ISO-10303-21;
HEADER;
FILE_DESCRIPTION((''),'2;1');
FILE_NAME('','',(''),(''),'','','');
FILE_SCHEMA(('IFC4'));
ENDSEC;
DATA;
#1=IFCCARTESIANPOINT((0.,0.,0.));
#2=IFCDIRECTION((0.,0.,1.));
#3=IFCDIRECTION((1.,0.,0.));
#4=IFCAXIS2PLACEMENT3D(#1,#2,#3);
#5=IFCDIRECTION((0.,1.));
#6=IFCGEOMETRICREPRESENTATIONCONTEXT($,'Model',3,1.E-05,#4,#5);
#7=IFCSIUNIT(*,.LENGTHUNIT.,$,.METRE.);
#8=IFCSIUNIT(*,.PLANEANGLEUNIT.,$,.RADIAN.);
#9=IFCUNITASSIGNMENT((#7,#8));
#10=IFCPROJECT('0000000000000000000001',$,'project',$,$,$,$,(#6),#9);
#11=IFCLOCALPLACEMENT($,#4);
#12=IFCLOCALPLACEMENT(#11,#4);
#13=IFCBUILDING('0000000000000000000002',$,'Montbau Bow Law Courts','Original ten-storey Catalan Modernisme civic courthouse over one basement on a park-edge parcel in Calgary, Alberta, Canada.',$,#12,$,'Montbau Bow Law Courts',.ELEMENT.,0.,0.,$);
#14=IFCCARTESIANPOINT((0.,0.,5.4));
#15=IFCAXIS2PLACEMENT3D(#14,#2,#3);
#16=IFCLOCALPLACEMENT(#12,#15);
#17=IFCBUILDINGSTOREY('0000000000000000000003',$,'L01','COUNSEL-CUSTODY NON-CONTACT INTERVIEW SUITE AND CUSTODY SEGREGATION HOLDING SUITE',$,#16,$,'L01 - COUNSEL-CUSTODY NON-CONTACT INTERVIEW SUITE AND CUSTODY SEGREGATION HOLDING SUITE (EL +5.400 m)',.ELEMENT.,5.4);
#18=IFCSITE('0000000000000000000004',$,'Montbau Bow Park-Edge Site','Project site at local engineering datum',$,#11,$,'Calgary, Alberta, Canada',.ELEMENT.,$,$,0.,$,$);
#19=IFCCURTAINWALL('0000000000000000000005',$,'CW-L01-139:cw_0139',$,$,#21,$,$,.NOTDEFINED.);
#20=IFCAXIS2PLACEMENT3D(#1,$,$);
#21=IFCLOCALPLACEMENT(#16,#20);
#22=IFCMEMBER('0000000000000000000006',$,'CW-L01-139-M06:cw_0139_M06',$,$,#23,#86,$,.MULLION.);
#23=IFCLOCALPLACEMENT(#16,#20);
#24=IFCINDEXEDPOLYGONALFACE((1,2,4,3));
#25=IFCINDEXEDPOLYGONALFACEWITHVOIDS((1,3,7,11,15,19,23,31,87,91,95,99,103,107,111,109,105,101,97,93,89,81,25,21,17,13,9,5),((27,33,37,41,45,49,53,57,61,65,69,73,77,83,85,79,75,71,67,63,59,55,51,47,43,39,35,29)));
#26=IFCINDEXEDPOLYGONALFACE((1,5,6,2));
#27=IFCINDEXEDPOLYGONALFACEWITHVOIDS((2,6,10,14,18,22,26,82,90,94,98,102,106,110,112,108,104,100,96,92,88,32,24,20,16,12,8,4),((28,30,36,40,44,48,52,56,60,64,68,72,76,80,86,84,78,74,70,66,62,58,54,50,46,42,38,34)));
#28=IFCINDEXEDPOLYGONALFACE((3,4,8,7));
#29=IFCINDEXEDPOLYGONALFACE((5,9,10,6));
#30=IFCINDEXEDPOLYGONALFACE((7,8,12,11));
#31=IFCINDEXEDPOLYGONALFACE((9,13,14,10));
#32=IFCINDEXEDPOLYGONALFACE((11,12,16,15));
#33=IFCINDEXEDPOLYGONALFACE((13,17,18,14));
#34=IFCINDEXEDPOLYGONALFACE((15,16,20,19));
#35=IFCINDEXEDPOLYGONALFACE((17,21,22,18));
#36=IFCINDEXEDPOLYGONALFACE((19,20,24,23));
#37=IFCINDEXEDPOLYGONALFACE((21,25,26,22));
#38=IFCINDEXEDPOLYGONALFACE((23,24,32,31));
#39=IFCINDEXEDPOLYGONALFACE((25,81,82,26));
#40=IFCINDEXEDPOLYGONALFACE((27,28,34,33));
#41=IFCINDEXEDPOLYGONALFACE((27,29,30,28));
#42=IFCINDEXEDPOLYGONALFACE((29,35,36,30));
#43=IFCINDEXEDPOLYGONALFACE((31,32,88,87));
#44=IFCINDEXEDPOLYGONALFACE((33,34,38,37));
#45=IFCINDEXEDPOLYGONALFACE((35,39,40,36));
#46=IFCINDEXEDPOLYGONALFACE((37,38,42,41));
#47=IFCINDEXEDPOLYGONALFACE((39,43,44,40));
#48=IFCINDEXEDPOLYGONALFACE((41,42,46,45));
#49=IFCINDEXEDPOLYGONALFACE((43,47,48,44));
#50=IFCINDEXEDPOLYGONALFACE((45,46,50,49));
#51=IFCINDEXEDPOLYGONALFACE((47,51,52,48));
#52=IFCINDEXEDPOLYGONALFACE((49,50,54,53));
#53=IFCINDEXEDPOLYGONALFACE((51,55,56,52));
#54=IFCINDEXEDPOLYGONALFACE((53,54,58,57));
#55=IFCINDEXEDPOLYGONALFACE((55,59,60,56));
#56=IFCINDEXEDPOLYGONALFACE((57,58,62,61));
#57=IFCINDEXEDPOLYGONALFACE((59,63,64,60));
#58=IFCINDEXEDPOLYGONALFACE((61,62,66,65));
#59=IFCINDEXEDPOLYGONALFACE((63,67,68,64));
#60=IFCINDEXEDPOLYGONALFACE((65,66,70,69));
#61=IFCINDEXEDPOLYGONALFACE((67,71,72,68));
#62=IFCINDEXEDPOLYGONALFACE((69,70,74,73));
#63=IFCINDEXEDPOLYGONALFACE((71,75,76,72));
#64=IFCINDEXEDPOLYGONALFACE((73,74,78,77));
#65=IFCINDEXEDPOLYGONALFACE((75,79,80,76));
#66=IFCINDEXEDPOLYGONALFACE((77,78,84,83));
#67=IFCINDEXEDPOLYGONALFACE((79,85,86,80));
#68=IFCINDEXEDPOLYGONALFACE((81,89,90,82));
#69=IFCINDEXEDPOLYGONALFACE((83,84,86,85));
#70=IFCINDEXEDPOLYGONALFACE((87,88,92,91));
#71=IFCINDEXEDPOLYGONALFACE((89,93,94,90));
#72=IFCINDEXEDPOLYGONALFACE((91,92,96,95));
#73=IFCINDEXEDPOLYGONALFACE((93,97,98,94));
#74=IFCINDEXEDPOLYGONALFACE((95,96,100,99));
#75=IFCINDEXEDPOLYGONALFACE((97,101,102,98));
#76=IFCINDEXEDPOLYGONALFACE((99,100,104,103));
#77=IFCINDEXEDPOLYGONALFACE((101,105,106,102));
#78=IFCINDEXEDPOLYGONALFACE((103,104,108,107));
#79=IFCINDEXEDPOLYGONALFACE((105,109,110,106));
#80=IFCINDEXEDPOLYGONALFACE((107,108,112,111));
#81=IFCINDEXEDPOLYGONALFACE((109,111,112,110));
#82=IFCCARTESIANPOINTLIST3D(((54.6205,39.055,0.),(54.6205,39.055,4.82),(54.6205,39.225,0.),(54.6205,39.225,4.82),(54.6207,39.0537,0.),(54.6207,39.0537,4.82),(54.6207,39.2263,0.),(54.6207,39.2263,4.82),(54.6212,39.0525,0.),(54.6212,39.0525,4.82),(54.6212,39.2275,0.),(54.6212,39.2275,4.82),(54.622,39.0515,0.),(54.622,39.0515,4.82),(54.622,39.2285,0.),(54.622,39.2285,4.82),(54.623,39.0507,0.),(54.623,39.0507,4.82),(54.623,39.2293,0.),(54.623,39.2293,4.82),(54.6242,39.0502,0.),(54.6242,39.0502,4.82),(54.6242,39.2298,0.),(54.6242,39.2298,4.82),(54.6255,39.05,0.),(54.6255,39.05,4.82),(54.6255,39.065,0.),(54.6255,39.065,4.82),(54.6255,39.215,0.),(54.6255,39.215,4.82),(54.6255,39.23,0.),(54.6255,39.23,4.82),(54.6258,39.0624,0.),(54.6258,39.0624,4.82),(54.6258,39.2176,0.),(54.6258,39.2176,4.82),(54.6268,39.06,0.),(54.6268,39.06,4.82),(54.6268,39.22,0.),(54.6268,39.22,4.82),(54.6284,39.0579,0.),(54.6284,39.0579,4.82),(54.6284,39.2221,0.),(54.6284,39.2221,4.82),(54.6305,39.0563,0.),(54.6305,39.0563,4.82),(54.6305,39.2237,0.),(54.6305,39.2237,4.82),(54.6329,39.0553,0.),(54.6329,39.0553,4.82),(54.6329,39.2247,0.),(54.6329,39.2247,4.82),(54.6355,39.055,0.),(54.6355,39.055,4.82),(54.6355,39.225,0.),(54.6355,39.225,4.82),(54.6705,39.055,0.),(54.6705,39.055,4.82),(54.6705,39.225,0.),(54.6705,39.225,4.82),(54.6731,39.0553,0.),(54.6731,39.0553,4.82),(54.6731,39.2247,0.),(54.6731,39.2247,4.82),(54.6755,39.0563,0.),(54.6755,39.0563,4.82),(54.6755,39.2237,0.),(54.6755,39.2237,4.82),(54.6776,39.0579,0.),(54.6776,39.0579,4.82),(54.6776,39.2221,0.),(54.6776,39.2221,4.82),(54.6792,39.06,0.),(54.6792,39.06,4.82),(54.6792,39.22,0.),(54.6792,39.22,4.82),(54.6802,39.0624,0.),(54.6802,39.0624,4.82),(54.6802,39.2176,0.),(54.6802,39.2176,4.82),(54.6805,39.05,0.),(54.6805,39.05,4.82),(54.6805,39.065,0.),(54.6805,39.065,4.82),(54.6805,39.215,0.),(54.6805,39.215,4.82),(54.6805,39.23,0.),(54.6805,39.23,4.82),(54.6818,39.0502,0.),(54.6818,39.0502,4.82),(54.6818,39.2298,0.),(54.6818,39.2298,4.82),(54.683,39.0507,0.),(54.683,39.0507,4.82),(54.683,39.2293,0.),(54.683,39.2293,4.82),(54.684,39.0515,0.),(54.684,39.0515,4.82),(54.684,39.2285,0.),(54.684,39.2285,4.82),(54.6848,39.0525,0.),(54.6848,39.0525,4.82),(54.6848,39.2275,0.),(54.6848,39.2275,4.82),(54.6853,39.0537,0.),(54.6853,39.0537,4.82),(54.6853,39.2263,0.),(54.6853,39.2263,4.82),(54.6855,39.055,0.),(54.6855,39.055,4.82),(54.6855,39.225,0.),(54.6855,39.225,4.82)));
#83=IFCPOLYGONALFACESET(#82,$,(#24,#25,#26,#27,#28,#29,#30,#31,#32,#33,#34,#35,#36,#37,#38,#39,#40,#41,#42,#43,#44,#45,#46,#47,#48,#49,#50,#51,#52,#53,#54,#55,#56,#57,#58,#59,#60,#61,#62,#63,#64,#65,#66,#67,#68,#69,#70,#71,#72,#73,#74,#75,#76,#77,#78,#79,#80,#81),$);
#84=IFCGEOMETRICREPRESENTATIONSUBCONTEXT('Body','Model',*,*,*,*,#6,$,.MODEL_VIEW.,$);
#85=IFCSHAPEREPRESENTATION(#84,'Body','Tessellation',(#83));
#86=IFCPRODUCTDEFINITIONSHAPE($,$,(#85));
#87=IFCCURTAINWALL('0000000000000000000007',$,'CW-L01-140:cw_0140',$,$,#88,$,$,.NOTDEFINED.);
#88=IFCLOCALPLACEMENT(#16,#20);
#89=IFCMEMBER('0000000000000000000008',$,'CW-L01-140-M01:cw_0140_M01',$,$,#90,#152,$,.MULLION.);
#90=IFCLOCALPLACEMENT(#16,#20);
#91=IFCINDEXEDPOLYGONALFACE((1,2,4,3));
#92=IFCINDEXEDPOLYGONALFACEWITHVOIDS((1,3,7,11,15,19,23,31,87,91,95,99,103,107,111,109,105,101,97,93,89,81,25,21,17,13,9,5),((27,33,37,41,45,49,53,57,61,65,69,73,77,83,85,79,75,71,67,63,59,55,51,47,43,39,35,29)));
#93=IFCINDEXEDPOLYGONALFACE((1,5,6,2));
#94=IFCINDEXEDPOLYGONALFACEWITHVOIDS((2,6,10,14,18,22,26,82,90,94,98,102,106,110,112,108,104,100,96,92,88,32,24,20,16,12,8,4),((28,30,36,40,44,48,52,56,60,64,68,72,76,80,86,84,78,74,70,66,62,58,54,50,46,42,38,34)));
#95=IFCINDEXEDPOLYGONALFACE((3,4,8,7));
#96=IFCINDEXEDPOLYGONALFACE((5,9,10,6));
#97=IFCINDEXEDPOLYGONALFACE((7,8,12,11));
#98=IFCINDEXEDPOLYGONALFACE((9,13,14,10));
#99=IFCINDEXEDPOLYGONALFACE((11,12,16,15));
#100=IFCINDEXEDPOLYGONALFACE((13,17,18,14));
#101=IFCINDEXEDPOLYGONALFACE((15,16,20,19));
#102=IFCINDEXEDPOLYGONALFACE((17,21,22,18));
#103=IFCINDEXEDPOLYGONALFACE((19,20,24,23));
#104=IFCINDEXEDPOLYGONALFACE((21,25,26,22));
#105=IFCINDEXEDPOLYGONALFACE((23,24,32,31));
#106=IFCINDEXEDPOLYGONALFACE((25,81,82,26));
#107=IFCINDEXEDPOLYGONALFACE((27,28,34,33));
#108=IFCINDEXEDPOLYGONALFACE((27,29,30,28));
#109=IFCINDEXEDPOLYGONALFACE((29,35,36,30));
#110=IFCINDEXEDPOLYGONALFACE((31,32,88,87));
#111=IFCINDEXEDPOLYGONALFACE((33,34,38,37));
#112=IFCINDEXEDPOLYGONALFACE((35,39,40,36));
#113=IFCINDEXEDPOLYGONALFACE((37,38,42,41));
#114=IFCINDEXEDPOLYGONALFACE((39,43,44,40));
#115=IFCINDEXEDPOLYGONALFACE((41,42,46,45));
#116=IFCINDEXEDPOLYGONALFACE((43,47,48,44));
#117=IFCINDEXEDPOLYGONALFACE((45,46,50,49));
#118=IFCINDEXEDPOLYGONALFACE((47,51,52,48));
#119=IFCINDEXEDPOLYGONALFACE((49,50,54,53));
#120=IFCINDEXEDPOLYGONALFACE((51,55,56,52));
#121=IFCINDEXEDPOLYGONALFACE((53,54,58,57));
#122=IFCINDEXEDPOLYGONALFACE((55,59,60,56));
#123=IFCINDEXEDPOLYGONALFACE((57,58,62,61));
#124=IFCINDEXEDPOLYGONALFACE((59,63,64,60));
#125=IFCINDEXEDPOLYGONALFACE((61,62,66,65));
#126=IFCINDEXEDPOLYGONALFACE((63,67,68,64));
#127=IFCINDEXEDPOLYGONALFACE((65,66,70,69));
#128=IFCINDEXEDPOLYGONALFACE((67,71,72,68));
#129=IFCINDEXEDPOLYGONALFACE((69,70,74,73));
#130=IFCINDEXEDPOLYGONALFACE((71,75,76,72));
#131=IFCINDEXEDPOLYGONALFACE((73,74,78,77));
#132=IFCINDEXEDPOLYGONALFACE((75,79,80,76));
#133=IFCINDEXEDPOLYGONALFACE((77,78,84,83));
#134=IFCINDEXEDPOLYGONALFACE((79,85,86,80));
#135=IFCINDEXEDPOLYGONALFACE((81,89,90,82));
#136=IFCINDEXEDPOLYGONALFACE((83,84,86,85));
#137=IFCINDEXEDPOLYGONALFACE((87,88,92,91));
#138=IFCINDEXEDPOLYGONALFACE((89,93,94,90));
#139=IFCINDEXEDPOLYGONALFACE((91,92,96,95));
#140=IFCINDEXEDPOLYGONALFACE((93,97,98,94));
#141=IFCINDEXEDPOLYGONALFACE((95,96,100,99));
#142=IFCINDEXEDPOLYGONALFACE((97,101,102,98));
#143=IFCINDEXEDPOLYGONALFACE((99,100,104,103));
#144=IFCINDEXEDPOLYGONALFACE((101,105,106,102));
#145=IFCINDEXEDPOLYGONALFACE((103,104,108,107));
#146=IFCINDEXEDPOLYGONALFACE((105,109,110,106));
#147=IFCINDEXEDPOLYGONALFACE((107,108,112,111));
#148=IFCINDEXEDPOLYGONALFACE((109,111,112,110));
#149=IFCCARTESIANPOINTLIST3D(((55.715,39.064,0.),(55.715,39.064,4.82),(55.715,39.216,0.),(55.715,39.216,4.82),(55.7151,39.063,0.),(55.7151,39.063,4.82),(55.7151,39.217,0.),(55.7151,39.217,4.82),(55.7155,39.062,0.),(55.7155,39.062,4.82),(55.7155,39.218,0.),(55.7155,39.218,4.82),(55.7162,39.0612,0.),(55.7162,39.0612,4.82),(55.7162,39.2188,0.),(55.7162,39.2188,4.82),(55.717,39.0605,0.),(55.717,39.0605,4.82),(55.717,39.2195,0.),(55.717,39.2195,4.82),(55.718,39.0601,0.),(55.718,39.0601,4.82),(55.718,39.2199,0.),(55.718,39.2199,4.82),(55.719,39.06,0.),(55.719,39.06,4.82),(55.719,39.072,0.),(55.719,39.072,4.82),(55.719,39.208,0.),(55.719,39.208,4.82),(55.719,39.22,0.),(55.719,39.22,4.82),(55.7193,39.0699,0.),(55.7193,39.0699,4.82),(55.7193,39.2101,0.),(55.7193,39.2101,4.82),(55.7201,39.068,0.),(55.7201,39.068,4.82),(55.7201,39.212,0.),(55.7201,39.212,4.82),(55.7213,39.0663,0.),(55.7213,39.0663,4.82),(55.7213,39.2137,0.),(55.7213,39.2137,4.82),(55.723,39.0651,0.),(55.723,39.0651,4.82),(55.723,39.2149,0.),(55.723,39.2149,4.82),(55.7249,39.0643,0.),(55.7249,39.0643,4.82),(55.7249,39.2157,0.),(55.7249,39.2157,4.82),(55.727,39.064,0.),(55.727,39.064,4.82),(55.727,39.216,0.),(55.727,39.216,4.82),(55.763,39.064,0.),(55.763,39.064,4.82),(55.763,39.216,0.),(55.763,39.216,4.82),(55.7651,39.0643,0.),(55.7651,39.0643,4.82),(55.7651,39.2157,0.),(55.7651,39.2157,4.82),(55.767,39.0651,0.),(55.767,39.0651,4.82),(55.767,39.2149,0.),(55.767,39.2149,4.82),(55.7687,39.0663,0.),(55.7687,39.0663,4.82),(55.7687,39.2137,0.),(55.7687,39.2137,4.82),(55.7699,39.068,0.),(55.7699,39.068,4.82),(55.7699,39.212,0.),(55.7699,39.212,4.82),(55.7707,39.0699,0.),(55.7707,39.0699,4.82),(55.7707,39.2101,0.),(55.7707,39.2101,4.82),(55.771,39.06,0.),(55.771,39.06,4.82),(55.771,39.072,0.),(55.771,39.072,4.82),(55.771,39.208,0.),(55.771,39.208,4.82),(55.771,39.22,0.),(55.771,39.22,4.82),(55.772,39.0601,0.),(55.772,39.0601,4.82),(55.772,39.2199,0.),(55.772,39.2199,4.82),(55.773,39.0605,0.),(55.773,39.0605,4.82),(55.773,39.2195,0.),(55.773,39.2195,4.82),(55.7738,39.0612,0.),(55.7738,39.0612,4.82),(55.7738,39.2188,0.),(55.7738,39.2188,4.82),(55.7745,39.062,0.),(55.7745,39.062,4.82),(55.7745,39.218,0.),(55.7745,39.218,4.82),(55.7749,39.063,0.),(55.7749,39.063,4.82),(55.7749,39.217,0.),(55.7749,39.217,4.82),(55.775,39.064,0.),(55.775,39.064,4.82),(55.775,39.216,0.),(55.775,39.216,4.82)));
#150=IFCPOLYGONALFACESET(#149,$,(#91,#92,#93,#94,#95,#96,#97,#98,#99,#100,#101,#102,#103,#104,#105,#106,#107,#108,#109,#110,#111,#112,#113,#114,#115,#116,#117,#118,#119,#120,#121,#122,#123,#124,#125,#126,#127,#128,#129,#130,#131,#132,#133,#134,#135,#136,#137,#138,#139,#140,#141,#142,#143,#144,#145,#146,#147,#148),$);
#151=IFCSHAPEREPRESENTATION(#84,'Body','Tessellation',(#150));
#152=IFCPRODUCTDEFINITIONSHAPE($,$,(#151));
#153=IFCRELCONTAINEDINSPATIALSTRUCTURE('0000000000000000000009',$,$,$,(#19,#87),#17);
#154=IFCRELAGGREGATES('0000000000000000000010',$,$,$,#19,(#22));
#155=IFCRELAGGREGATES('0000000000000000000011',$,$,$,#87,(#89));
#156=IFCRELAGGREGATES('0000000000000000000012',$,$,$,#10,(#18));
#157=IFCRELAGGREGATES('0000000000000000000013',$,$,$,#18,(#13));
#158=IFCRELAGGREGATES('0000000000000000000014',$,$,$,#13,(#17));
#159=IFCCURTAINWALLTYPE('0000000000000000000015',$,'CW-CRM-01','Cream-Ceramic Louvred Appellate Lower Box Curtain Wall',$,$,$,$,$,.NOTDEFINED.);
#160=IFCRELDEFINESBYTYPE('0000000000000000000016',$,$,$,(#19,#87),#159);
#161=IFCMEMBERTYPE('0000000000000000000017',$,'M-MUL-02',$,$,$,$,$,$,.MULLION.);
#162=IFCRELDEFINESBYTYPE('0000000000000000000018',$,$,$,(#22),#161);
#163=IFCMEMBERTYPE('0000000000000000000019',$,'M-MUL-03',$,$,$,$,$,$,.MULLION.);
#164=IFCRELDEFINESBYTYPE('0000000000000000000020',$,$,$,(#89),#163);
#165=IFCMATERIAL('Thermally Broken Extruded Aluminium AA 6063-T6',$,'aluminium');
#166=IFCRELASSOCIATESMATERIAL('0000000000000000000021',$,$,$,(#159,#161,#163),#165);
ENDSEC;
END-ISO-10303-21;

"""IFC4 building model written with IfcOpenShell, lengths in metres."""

from ifc_helpers import new_model, si_unit, direction, frame, origin_with_axes, origin_2d_with_axis, place, context, subcontext, project, spatial, hollow_rectangle, extrude, material, material_profile, profile_set, type_object, element, aggregate, save


model = new_model("IFC4")

# Units and contexts
model_context = context("Model", 3, precision=1e-05, world=origin_with_axes(), true_north=direction((0.0, 1.0)))
body_context = subcontext(model_context, "Body", "Model", "MODEL_VIEW")
ifc_project = project(units=[si_unit("LENGTHUNIT", "METRE"), si_unit("PLANEANGLEUNIT", "RADIAN")], contexts=[model_context])

# Site, building, storey
site_placement = place(None, origin_with_axes())
site = spatial("IfcSite", under=ifc_project, at=site_placement, Name="Montbau Bow Park-Edge Site", Description="Project site at local engineering datum", LongName="Calgary, Alberta, Canada", CompositionType="ELEMENT", RefElevation=0.0)
building_placement = place(site_placement, origin_with_axes())
building = spatial("IfcBuilding", under=site, at=building_placement, Name="Montbau Bow Law Courts", Description="Original ten-storey Catalan Modernisme civic courthouse over one basement on a park-edge parcel in Calgary, Alberta, Canada.", LongName="Montbau Bow Law Courts", CompositionType="ELEMENT", ElevationOfRefHeight=0.0, ElevationOfTerrain=0.0)
storey_placement = place(building_placement, frame((0.0, 0.0, 5.4), z_axis=(0.0, 0.0, 1.0), x_axis=(1.0, 0.0, 0.0)))
storey = spatial("IfcBuildingStorey", under=building, at=storey_placement, Name="L01", Description="COUNSEL-CUSTODY NON-CONTACT INTERVIEW SUITE AND CUSTODY SEGREGATION HOLDING SUITE", LongName="L01 - COUNSEL-CUSTODY NON-CONTACT INTERVIEW SUITE AND CUSTODY SEGREGATION HOLDING SUITE (EL +5.400 m)", CompositionType="ELEMENT", Elevation=5.4)

# Curtain wall, member
ifc_material_1 = material(Name="Thermally Broken Extruded Aluminium AA 6063-T6", Category="aluminium")
curtain_wall_type = type_object("IfcCurtainWallType", Name="CW-CRM-01", Description="Cream-Ceramic Louvred Appellate Lower Box Curtain Wall", PredefinedType="NOTDEFINED", material=ifc_material_1)
curtain_wall_1_placement = place(None, frame((47.315, 39.14, 5.4), z_axis=(0.0, 0.0, 1.0), x_axis=(1.0, 0.0, 0.0)))
curtain_wall_1 = element("IfcCurtainWall", 1, at=curtain_wall_1_placement, inside=storey, type_object=curtain_wall_type, Name="CW-L01-139:cw_0139", PredefinedType="NOTDEFINED")
ifc_material_profile_1 = material_profile(ifc_material_1, hollow_rectangle(XDim=0.065, YDim=0.18, WallThickness=0.005, InnerFilletRadius=0.01, OuterFilletRadius=0.005, at=origin_2d_with_axis()), Name="CWM-180X65", Category="Main", Priority=0)
ifc_profile_set_1 = profile_set([ifc_material_profile_1], Name="Thermally Broken Extruded Aluminium AA 6063-T6")
member_type_1 = type_object("IfcMemberType", Name="M-MUL-02", PredefinedType="MULLION", material=ifc_profile_set_1)
member_1_placement = place(None, frame((54.653, 39.14, 5.4), z_axis=(0.0, 0.0, 1.0), x_axis=(1.0, 0.0, 0.0)))
member_1 = element("IfcMember", 2, at=member_1_placement, type_object=member_type_1, Name="CW-L01-139-M06:cw_0139_M06", PredefinedType="MULLION", context=body_context, shape_type="SweptSolid", body=[
    extrude(hollow_rectangle(XDim=0.065, YDim=0.18, WallThickness=0.005, InnerFilletRadius=0.01, OuterFilletRadius=0.005, at=origin_2d_with_axis()), origin_with_axes(), (0.0, 0.0, 1.0), 4.82),
])
aggregate(curtain_wall_1, [member_1])

# Curtain wall, member
curtain_wall_2_placement = place(None, frame((55.715, 39.14, 5.4), z_axis=(0.0, 0.0, 1.0), x_axis=(1.0, 0.0, 0.0)))
curtain_wall_2 = element("IfcCurtainWall", 3, at=curtain_wall_2_placement, inside=storey, type_object=curtain_wall_type, Name="CW-L01-140:cw_0140", PredefinedType="NOTDEFINED")
ifc_material_profile_2 = material_profile(ifc_material_1, hollow_rectangle(XDim=0.06, YDim=0.16, WallThickness=0.004, InnerFilletRadius=0.008, OuterFilletRadius=0.004, at=origin_2d_with_axis()), Name="CWM-160X60", Category="Main", Priority=0)
ifc_profile_set_2 = profile_set([ifc_material_profile_2], Name="Thermally Broken Extruded Aluminium AA 6063-T6")
member_type_2 = type_object("IfcMemberType", Name="M-MUL-03", PredefinedType="MULLION", material=ifc_profile_set_2)
member_2_placement = place(None, frame((55.745, 39.14, 5.4), z_axis=(0.0, 0.0, 1.0), x_axis=(1.0, 0.0, 0.0)))
member_2 = element("IfcMember", 4, at=member_2_placement, type_object=member_type_2, Name="CW-L01-140-M01:cw_0140_M01", PredefinedType="MULLION", context=body_context, shape_type="SweptSolid", body=[
    extrude(hollow_rectangle(XDim=0.06, YDim=0.16, WallThickness=0.004, InnerFilletRadius=0.008, OuterFilletRadius=0.004, at=origin_2d_with_axis()), origin_with_axes(), (0.0, 0.0, 1.0), 4.82),
])
aggregate(curtain_wall_2, [member_2])

save(model, "model.ifc")
